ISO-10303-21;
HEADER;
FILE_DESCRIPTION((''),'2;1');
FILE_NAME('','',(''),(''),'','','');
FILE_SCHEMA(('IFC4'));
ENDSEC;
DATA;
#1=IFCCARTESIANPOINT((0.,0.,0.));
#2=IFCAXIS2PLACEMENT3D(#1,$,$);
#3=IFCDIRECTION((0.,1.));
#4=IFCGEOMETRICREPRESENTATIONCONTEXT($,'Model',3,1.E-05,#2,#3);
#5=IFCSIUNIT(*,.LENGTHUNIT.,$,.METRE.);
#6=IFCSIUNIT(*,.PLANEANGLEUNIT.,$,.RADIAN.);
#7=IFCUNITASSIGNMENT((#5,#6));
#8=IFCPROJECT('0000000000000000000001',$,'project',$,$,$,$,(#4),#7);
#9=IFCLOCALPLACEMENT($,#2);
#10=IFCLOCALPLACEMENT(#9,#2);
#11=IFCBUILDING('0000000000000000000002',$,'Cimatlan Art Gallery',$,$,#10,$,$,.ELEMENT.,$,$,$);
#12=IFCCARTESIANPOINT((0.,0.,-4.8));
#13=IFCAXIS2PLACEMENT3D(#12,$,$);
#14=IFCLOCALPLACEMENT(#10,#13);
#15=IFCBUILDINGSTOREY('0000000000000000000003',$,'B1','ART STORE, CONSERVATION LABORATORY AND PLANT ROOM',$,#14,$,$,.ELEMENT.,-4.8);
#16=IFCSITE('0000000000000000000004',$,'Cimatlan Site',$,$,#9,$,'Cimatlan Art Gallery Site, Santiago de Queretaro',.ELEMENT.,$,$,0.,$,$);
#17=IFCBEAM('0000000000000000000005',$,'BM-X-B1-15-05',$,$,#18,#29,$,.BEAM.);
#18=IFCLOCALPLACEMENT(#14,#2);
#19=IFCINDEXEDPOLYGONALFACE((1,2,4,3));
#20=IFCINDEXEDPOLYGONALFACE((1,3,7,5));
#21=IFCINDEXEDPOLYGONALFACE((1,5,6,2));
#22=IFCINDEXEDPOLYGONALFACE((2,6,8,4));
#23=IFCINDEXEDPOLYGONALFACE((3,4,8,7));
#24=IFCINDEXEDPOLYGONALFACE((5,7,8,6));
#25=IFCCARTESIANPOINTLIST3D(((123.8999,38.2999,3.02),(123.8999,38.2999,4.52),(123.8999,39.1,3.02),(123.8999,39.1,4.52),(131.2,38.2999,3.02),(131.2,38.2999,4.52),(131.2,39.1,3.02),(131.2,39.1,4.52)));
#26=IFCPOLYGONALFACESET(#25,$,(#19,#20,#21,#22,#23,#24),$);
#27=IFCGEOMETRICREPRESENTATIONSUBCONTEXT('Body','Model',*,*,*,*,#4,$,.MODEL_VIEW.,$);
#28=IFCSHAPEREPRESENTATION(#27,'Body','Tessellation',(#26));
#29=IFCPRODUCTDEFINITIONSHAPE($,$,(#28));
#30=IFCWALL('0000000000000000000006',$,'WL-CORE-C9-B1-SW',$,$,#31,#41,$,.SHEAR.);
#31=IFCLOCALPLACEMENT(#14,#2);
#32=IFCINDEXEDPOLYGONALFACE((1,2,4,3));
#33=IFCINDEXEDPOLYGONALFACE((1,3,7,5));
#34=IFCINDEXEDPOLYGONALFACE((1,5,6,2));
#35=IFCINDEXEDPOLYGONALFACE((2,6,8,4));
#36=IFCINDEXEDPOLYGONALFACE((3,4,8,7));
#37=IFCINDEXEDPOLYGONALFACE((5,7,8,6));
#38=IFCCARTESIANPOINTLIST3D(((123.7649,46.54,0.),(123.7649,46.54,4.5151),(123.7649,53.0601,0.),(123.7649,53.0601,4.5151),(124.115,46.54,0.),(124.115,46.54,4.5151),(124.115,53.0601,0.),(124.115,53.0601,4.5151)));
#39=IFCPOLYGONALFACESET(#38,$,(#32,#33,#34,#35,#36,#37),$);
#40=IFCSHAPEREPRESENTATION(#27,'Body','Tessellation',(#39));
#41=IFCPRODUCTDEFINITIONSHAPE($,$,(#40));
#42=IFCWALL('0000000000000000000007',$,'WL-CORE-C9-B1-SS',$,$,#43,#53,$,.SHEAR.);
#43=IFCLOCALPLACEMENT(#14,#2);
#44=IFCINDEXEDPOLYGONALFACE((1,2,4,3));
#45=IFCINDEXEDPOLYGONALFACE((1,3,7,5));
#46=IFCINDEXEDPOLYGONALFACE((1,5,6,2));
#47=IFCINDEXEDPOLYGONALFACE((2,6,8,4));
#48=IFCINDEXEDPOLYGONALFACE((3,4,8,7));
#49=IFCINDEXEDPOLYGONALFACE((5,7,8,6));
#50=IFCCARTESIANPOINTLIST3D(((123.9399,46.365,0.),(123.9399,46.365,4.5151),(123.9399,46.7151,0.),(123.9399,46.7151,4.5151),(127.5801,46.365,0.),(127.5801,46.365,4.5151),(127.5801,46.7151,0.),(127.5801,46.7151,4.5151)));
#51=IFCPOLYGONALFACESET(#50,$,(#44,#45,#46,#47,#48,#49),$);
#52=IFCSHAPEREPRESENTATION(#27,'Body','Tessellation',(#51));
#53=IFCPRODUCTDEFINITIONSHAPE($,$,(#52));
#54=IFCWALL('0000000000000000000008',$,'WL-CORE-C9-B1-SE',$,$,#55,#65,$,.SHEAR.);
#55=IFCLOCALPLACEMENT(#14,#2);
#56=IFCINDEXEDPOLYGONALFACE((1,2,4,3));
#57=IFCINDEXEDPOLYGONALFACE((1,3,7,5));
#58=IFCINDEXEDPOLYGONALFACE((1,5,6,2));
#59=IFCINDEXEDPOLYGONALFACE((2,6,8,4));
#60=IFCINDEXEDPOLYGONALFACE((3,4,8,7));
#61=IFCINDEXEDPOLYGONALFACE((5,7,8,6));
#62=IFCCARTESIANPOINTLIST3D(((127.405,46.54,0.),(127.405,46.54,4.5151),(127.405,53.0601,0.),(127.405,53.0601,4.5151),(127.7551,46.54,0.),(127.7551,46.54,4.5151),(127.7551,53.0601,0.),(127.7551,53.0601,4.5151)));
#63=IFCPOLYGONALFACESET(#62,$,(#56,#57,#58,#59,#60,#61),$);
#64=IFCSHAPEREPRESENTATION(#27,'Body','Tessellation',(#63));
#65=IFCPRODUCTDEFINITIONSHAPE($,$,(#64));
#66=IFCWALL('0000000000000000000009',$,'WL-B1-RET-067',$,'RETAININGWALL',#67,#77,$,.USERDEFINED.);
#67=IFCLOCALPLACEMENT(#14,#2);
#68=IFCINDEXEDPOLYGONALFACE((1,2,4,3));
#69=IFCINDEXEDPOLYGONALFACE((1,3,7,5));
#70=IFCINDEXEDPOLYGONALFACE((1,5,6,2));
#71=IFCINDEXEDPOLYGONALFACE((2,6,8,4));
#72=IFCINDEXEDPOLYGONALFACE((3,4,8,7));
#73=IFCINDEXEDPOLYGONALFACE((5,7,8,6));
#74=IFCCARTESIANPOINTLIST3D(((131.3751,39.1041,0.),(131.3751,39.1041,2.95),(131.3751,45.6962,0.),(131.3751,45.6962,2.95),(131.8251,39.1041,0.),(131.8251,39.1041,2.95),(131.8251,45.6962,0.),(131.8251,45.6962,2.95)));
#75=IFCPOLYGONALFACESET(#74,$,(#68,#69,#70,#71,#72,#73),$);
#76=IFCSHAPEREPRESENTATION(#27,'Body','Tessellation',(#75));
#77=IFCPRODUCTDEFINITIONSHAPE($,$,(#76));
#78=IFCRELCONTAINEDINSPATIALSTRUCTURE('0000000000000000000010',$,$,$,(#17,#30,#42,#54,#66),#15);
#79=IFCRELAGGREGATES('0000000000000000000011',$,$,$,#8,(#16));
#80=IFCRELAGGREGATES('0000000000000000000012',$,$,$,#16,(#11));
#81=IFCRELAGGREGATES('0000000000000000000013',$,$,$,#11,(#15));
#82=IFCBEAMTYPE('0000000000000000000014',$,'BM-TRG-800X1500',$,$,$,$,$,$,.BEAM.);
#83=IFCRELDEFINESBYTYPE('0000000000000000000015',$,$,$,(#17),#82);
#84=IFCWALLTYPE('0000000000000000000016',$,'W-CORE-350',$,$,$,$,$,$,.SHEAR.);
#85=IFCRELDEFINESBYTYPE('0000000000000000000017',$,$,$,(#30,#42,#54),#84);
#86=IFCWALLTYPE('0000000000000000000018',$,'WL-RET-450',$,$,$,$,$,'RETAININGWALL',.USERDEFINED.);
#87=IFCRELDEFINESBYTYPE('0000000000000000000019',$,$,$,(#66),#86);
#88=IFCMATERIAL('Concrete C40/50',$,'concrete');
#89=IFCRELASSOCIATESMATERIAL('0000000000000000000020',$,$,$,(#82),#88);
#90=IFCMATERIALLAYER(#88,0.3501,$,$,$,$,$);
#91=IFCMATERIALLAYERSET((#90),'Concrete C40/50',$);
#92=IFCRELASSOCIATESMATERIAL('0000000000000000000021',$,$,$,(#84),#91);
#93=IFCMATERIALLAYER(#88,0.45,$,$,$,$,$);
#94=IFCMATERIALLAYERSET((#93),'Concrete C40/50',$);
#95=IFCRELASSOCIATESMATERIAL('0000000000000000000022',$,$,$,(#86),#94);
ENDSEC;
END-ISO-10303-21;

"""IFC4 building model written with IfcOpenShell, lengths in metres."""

from ifc_helpers import new_model, si_unit, direction, frame, frame_2d, origin, origin_2d, place, context, subcontext, project, spatial, rectangle, extrude, material, layer, layer_set, material_profile, profile_set, type_object, element, save


model = new_model("IFC4")

# Units and contexts
model_context = context("Model", 3, precision=1e-05, world=origin(), true_north=direction((0.0, 1.0)))
body_context = subcontext(model_context, "Body", "Model", "MODEL_VIEW")
ifc_project = project(units=[si_unit("LENGTHUNIT", "METRE"), si_unit("PLANEANGLEUNIT", "RADIAN")], contexts=[model_context])

# Site, building, storey
site_placement = place(None, origin())
site = spatial("IfcSite", under=ifc_project, at=site_placement, Name="Cimatlan Site", LongName="Cimatlan Art Gallery Site, Santiago de Queretaro", CompositionType="ELEMENT", RefElevation=0.0)
building_placement = place(site_placement, origin())
building = spatial("IfcBuilding", under=site, at=building_placement, Name="Cimatlan Art Gallery", CompositionType="ELEMENT")
storey_placement = place(building_placement, frame((0.0, 0.0, -4.8)))
storey = spatial("IfcBuildingStorey", under=building, at=storey_placement, Name="B1", Description="ART STORE, CONSERVATION LABORATORY AND PLANT ROOM", CompositionType="ELEMENT", Elevation=-4.8)

# Shared definitions
ifc_material_1 = material(Name="Concrete C40/50", Category="concrete")

# Beam
ifc_material_profile_1 = material_profile(ifc_material_1, rectangle(XDim=0.8, YDim=1.5, at=origin_2d()), Name="RC800X1500")
ifc_profile_set_1 = profile_set([ifc_material_profile_1], Name="Concrete C40/50")
beam_type_1 = type_object("IfcBeamType", Name="BM-TRG-800X1500", PredefinedType="BEAM", material=ifc_profile_set_1)
beam_1_placement = place(storey_placement, frame((123.8999, 38.7, 3.77), z_axis=(1.0, 0.0, 0.0), x_axis=(0.0, 1.0, 0.0)))
element("IfcBeam", 1, at=beam_1_placement, inside=storey, type_object=beam_type_1, Name="BM-X-B1-15-05", PredefinedType="BEAM", context=body_context, shape_type="SweptSolid", body=[
    extrude(rectangle(XDim=0.8, YDim=1.5, at=origin_2d()), origin(), (0.0, 0.0, 1.0), 7.3),
])

# Walls
ifc_layer_1 = layer(ifc_material_1, 0.3501)
ifc_layer_set_1 = layer_set([ifc_layer_1], Name="Concrete C40/50")
wall_type_1 = type_object("IfcWallType", Name="W-CORE-350", PredefinedType="SHEAR", material=ifc_layer_set_1)
wall_1_placement = place(storey_placement, frame((123.9399, 46.54, 0.0), z_axis=(0.0, 0.0, 1.0), x_axis=(0.0, 1.0, 0.0)))
element("IfcWall", 2, at=wall_1_placement, inside=storey, type_object=wall_type_1, Name="WL-CORE-C9-B1-SW", PredefinedType="SHEAR", context=body_context, shape_type="SweptSolid", body=[
    extrude(rectangle(XDim=6.52, YDim=0.3501, at=frame_2d((3.26, 0.0))), origin(), (0.0, 0.0, 1.0), 4.5151),
])
wall_2_placement = place(storey_placement, frame((123.9399, 46.54, 0.0), z_axis=(0.0, 0.0, 1.0), x_axis=(1.0, 0.0, 0.0)))
element("IfcWall", 3, at=wall_2_placement, inside=storey, type_object=wall_type_1, Name="WL-CORE-C9-B1-SS", PredefinedType="SHEAR", context=body_context, shape_type="SweptSolid", body=[
    extrude(rectangle(XDim=3.6401, YDim=0.3501, at=frame_2d((1.8201, 0.0))), origin(), (0.0, 0.0, 1.0), 4.5151),
])
wall_3_placement = place(storey_placement, frame((127.5801, 46.54, 0.0), z_axis=(0.0, 0.0, 1.0), x_axis=(0.0, 1.0, 0.0)))
element("IfcWall", 4, at=wall_3_placement, inside=storey, type_object=wall_type_1, Name="WL-CORE-C9-B1-SE", PredefinedType="SHEAR", context=body_context, shape_type="SweptSolid", body=[
    extrude(rectangle(XDim=6.52, YDim=0.3501, at=frame_2d((3.26, 0.0))), origin(), (0.0, 0.0, 1.0), 4.5151),
])
ifc_layer_2 = layer(ifc_material_1, 0.45)
ifc_layer_set_2 = layer_set([ifc_layer_2], Name="Concrete C40/50")
wall_type_2 = type_object("IfcWallType", Name="WL-RET-450", ElementType="RETAININGWALL", PredefinedType="USERDEFINED", material=ifc_layer_set_2)
wall_4_placement = place(storey_placement, frame((131.6001, 45.696, 0.0), z_axis=(0.0, 0.0, 1.0), x_axis=(0.0, -1.0, 0.0)))
element("IfcWall", 5, at=wall_4_placement, inside=storey, type_object=wall_type_2, Name="WL-B1-RET-067", ObjectType="RETAININGWALL", PredefinedType="USERDEFINED", context=body_context, shape_type="SweptSolid", body=[
    extrude(rectangle(XDim=6.592, YDim=0.45, at=frame_2d((3.2959, 0.0))), origin(), (0.0, 0.0, 1.0), 2.95),
])

save(model, "model.ifc")
